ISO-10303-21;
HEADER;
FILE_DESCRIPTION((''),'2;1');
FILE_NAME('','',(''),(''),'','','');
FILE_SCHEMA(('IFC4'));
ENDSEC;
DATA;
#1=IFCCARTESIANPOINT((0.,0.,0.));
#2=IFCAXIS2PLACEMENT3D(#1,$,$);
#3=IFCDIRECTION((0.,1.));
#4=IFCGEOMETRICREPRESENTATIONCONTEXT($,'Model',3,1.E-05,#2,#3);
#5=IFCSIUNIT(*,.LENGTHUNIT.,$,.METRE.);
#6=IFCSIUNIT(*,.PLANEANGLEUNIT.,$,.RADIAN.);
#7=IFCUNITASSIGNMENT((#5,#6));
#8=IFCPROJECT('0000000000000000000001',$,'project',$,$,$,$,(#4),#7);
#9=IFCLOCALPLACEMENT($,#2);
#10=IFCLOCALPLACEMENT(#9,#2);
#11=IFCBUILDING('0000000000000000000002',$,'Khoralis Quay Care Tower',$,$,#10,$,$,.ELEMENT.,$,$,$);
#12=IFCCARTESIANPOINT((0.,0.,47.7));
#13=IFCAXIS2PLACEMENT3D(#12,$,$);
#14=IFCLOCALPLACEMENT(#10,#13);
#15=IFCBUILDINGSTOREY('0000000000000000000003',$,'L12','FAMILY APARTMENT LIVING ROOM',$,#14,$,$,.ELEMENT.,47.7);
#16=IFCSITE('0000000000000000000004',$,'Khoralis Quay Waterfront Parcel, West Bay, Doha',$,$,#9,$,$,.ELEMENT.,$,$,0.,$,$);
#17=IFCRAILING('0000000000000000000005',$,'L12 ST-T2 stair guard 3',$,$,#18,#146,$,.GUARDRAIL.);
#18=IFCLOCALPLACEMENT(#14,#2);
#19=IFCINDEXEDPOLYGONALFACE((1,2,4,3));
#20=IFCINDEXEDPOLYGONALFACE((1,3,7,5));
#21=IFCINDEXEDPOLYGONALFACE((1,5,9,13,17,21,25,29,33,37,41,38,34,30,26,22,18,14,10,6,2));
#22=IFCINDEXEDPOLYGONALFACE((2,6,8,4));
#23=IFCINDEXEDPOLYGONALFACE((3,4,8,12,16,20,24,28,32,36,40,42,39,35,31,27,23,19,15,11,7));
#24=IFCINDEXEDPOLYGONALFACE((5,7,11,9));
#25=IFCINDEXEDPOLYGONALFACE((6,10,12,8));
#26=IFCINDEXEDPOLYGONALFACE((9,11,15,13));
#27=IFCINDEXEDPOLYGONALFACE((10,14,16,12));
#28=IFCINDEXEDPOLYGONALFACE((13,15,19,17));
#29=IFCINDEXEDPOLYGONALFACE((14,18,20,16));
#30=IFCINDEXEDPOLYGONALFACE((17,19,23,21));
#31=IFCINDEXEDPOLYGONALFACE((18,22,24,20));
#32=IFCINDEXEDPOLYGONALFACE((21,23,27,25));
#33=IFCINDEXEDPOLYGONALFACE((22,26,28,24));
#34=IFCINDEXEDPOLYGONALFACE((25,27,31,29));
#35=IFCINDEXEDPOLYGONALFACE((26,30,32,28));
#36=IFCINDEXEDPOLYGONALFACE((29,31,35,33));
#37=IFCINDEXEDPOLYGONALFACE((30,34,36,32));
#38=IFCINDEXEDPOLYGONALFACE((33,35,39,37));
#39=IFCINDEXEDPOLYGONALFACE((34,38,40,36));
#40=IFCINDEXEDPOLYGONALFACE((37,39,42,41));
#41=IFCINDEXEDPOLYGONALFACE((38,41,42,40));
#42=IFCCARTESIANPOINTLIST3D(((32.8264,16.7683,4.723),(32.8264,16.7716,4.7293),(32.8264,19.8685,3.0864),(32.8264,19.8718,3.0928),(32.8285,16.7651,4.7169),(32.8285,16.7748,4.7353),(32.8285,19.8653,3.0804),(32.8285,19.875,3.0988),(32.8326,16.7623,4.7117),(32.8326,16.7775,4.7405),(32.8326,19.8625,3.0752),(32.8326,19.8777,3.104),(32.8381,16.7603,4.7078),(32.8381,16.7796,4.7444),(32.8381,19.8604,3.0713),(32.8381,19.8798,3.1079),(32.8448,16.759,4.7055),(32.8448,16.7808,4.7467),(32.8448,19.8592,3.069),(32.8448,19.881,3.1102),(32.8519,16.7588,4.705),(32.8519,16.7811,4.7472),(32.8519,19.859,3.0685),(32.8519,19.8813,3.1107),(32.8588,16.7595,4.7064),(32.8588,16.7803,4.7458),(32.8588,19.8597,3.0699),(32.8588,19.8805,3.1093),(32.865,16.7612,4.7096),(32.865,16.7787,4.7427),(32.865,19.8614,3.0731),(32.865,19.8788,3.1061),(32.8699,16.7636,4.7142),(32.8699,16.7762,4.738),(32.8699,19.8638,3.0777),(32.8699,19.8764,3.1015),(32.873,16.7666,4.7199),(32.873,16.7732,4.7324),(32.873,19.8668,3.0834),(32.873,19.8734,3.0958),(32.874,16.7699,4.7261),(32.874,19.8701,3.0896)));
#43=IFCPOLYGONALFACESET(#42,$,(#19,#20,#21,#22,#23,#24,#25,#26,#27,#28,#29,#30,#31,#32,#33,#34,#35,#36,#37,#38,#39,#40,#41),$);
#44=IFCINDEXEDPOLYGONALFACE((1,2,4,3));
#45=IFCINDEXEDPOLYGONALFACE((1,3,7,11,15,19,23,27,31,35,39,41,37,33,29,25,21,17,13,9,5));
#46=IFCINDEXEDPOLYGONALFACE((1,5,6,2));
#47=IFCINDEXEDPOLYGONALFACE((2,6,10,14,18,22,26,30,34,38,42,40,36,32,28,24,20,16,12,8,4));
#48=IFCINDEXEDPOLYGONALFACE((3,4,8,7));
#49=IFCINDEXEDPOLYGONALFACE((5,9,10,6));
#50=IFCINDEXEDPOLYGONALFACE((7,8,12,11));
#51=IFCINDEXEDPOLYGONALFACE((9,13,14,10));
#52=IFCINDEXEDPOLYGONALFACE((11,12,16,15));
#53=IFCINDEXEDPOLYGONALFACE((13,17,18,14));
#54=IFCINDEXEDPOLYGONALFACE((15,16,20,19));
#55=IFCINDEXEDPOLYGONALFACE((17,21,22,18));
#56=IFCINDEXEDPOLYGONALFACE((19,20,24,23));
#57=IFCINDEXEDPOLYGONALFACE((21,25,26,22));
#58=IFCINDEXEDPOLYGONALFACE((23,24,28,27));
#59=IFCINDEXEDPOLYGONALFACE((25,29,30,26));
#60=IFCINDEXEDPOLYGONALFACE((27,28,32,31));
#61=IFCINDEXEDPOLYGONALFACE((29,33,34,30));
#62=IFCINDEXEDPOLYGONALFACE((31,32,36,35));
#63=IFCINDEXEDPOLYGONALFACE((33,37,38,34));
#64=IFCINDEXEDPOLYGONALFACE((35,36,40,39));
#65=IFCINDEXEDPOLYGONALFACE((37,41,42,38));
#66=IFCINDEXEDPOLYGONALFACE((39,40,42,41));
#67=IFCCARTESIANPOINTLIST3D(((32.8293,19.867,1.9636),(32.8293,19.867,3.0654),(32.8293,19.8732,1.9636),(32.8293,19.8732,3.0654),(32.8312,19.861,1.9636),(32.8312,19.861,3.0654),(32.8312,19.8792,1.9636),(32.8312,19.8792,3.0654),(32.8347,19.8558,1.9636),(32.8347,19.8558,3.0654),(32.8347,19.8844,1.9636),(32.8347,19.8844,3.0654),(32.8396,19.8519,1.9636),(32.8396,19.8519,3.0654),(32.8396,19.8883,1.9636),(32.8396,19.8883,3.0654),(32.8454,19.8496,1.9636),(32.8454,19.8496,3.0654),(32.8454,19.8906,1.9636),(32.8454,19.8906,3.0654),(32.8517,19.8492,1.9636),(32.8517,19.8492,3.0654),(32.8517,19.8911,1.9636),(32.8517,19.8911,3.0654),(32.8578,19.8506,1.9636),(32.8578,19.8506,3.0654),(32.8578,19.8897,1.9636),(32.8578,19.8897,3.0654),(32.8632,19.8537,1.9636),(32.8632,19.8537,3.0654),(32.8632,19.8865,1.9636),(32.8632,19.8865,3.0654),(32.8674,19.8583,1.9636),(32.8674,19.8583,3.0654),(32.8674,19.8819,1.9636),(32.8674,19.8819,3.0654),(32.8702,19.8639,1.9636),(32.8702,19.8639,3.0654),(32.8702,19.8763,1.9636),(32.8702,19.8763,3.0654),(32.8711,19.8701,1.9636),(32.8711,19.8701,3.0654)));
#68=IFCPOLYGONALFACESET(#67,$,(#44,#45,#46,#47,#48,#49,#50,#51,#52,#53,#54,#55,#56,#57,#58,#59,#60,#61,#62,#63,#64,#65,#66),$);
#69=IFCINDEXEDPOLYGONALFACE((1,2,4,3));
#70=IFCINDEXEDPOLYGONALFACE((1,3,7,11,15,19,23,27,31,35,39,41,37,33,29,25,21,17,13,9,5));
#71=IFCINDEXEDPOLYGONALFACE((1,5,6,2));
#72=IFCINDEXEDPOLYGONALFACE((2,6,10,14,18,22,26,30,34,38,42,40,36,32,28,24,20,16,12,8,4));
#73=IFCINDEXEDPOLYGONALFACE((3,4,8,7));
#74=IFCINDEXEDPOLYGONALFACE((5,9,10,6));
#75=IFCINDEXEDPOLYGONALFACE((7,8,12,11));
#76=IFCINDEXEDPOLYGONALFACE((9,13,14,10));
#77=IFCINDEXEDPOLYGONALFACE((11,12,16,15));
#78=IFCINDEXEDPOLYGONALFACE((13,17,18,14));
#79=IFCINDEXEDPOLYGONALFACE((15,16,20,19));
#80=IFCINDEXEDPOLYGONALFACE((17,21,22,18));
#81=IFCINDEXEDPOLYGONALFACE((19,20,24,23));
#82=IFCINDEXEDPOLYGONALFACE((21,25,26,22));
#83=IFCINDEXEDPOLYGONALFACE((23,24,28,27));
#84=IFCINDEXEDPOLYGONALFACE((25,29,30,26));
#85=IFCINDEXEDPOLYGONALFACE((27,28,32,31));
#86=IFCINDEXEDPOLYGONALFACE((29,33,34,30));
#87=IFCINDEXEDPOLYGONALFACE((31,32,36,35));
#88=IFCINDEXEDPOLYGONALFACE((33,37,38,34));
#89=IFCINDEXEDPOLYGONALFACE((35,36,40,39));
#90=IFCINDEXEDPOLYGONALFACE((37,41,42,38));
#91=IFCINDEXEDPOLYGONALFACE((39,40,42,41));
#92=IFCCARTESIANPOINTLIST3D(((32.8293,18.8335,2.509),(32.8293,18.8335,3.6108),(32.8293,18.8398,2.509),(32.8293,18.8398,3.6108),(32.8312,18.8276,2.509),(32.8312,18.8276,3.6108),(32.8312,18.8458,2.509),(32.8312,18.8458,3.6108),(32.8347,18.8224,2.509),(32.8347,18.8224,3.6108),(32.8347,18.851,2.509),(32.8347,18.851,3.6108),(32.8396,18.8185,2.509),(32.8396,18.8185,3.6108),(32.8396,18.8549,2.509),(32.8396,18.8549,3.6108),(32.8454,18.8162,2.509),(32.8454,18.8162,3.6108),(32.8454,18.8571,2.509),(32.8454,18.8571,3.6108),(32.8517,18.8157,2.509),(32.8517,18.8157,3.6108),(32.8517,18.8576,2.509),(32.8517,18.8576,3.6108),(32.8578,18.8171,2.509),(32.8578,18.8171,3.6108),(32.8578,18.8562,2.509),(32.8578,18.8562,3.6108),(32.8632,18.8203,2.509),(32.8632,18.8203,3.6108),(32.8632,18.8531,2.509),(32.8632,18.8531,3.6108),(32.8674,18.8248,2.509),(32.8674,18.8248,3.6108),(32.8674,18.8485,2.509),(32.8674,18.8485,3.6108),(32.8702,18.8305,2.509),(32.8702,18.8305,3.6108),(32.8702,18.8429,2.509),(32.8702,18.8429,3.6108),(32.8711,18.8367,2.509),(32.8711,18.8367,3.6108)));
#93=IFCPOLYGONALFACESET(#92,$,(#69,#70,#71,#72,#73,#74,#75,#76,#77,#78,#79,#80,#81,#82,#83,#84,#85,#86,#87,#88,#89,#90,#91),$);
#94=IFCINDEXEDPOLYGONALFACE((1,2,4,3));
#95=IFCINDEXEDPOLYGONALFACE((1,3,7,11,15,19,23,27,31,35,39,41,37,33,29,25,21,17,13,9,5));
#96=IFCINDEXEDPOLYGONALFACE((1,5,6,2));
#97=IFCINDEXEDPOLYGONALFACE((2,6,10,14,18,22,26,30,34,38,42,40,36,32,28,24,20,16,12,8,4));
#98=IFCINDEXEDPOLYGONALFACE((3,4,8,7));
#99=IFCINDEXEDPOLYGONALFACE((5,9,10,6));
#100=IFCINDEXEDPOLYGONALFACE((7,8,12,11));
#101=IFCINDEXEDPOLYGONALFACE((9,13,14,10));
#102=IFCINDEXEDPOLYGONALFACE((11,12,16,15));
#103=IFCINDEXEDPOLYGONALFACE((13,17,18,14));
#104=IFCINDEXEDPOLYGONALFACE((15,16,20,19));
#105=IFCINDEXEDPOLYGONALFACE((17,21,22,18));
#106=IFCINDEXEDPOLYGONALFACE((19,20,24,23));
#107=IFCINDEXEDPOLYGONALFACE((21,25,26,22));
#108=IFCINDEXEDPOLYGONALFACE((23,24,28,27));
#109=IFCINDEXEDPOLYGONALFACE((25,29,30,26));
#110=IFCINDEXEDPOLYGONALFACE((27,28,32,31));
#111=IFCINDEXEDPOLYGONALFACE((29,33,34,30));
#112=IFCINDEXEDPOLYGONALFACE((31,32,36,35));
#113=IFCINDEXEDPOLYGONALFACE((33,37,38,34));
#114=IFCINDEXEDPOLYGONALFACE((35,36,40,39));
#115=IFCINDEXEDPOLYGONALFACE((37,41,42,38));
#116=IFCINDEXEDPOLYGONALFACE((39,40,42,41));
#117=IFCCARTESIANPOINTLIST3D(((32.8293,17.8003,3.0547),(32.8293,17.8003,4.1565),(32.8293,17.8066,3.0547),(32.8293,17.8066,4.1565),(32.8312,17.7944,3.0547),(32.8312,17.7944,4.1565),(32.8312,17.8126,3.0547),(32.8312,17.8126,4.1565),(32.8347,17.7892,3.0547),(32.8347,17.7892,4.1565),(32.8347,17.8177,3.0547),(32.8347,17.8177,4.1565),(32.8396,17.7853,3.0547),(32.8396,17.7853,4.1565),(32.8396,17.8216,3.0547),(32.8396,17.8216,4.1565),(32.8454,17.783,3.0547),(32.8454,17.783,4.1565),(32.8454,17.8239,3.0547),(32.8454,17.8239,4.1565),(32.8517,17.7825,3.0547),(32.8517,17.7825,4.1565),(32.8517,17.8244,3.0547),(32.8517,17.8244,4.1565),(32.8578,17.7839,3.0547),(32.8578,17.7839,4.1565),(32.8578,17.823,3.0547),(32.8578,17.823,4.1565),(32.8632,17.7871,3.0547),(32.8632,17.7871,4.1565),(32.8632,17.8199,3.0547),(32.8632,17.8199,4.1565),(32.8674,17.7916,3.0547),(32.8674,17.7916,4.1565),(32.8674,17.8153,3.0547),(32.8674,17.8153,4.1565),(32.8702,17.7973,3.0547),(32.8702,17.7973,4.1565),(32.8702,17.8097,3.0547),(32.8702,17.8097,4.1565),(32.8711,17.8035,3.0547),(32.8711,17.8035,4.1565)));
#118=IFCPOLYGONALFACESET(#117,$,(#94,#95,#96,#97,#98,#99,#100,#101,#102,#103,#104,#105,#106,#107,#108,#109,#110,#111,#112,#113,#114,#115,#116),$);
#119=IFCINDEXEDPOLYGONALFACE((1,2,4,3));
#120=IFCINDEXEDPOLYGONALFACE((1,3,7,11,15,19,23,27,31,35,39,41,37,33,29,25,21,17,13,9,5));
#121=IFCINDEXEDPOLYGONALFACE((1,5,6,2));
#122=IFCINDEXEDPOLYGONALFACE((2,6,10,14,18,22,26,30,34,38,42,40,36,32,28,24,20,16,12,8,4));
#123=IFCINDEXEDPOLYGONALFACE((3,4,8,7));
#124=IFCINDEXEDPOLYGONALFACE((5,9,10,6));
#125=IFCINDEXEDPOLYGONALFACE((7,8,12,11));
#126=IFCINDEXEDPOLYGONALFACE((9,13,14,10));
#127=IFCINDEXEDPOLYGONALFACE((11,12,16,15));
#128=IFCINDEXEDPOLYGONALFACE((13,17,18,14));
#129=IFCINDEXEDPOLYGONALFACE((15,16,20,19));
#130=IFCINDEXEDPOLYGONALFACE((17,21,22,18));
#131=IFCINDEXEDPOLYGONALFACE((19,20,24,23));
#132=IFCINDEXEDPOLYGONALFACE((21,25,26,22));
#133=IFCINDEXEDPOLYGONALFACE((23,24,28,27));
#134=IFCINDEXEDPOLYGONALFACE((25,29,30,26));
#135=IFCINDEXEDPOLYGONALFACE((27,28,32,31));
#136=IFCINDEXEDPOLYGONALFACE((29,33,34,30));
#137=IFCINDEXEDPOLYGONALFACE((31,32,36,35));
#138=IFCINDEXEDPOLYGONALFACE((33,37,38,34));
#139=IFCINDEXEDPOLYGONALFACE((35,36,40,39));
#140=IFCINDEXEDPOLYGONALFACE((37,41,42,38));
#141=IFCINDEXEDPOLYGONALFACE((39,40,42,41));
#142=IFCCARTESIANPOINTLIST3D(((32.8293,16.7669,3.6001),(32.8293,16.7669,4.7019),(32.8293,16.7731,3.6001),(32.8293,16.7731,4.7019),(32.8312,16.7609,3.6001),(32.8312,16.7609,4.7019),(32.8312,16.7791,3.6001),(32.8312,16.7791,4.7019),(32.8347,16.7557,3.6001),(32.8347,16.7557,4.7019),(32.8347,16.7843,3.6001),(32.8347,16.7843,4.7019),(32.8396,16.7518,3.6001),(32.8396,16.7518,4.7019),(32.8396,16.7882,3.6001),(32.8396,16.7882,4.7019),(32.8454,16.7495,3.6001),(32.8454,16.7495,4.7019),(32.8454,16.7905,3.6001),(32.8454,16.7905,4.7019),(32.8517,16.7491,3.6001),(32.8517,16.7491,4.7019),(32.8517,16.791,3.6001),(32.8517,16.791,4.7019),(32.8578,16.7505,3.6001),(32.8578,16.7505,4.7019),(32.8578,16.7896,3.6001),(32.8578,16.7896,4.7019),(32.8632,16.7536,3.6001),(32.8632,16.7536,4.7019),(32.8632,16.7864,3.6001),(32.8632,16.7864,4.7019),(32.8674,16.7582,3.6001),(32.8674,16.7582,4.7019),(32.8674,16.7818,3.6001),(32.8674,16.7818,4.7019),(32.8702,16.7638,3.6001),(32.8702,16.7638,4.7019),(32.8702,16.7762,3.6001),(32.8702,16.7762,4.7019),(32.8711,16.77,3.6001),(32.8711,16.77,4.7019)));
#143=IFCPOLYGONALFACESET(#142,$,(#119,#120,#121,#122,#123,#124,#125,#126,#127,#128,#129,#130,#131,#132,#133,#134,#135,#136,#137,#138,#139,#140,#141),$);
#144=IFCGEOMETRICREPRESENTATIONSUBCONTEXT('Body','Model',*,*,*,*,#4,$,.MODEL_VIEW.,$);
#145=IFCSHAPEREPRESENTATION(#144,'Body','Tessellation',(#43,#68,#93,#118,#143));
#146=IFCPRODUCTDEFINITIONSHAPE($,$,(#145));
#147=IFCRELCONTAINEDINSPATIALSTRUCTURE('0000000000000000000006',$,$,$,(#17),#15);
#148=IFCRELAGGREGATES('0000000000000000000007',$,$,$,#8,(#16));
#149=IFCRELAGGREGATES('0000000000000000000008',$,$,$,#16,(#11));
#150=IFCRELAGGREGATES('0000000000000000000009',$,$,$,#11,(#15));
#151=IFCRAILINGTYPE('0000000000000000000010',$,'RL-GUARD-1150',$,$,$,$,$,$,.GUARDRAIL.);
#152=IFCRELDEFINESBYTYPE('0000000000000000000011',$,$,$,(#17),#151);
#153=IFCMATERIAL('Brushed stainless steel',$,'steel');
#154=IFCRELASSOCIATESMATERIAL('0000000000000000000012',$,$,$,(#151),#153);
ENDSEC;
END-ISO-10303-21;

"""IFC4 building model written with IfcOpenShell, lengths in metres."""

from ifc_helpers import new_model, si_unit, direction, frame, origin, origin_2d, place, context, subcontext, project, spatial, circle, extrude, material, type_object, element, save


model = new_model("IFC4")

# Units and contexts
model_context = context("Model", 3, precision=1e-05, world=origin(), true_north=direction((0.0, 1.0)))
body_context = subcontext(model_context, "Body", "Model", "MODEL_VIEW")
ifc_project = project(units=[si_unit("LENGTHUNIT", "METRE"), si_unit("PLANEANGLEUNIT", "RADIAN")], contexts=[model_context])

# Site, building, storey
site_placement = place(None, origin())
site = spatial("IfcSite", under=ifc_project, at=site_placement, Name="Khoralis Quay Waterfront Parcel, West Bay, Doha", CompositionType="ELEMENT", RefElevation=0.0)
building_placement = place(site_placement, origin())
building = spatial("IfcBuilding", under=site, at=building_placement, Name="Khoralis Quay Care Tower", CompositionType="ELEMENT")
storey_placement = place(building_placement, frame((0.0, 0.0, 47.7)))
storey = spatial("IfcBuildingStorey", under=building, at=storey_placement, Name="L12", Description="FAMILY APARTMENT LIVING ROOM", CompositionType="ELEMENT", Elevation=47.7)

# Shared definitions
ifc_material_1 = material(Name="Brushed stainless steel", Category="steel")

# Railing
railing_type_1 = type_object("IfcRailingType", Name="RL-GUARD-1150", PredefinedType="GUARDRAIL", material=ifc_material_1)
railing_1_placement = place(storey_placement, frame((32.8501, 19.8701, 1.9636)))
element("IfcRailing", 1, at=railing_1_placement, inside=storey, type_object=railing_type_1, Name="L12 ST-T2 stair guard 3", PredefinedType="GUARDRAIL", context=body_context, shape_type="SweptSolid", body=[
    extrude(circle(Radius=0.0239, at=origin_2d()), frame((0.0, 0.0, 1.126), z_axis=(0.0, -0.884348, 0.466828), x_axis=(1.0, 0.0, 0.0)), (0.0, 0.0, 1.0), 3.5056),
    extrude(circle(Radius=0.021, at=origin_2d()), origin(), (0.0, 0.0, 1.0), 1.1018),
    extrude(circle(Radius=0.021, at=origin_2d()), frame((0.0, -1.0334, 0.5454)), (0.0, 0.0, 1.0), 1.1018),
    extrude(circle(Radius=0.021, at=origin_2d()), frame((0.0, -2.0667, 1.0911)), (0.0, 0.0, 1.0), 1.1018),
    extrude(circle(Radius=0.021, at=origin_2d()), frame((0.0, -3.1001, 1.6365)), (0.0, 0.0, 1.0), 1.1018),
])

save(model, "model.ifc")
